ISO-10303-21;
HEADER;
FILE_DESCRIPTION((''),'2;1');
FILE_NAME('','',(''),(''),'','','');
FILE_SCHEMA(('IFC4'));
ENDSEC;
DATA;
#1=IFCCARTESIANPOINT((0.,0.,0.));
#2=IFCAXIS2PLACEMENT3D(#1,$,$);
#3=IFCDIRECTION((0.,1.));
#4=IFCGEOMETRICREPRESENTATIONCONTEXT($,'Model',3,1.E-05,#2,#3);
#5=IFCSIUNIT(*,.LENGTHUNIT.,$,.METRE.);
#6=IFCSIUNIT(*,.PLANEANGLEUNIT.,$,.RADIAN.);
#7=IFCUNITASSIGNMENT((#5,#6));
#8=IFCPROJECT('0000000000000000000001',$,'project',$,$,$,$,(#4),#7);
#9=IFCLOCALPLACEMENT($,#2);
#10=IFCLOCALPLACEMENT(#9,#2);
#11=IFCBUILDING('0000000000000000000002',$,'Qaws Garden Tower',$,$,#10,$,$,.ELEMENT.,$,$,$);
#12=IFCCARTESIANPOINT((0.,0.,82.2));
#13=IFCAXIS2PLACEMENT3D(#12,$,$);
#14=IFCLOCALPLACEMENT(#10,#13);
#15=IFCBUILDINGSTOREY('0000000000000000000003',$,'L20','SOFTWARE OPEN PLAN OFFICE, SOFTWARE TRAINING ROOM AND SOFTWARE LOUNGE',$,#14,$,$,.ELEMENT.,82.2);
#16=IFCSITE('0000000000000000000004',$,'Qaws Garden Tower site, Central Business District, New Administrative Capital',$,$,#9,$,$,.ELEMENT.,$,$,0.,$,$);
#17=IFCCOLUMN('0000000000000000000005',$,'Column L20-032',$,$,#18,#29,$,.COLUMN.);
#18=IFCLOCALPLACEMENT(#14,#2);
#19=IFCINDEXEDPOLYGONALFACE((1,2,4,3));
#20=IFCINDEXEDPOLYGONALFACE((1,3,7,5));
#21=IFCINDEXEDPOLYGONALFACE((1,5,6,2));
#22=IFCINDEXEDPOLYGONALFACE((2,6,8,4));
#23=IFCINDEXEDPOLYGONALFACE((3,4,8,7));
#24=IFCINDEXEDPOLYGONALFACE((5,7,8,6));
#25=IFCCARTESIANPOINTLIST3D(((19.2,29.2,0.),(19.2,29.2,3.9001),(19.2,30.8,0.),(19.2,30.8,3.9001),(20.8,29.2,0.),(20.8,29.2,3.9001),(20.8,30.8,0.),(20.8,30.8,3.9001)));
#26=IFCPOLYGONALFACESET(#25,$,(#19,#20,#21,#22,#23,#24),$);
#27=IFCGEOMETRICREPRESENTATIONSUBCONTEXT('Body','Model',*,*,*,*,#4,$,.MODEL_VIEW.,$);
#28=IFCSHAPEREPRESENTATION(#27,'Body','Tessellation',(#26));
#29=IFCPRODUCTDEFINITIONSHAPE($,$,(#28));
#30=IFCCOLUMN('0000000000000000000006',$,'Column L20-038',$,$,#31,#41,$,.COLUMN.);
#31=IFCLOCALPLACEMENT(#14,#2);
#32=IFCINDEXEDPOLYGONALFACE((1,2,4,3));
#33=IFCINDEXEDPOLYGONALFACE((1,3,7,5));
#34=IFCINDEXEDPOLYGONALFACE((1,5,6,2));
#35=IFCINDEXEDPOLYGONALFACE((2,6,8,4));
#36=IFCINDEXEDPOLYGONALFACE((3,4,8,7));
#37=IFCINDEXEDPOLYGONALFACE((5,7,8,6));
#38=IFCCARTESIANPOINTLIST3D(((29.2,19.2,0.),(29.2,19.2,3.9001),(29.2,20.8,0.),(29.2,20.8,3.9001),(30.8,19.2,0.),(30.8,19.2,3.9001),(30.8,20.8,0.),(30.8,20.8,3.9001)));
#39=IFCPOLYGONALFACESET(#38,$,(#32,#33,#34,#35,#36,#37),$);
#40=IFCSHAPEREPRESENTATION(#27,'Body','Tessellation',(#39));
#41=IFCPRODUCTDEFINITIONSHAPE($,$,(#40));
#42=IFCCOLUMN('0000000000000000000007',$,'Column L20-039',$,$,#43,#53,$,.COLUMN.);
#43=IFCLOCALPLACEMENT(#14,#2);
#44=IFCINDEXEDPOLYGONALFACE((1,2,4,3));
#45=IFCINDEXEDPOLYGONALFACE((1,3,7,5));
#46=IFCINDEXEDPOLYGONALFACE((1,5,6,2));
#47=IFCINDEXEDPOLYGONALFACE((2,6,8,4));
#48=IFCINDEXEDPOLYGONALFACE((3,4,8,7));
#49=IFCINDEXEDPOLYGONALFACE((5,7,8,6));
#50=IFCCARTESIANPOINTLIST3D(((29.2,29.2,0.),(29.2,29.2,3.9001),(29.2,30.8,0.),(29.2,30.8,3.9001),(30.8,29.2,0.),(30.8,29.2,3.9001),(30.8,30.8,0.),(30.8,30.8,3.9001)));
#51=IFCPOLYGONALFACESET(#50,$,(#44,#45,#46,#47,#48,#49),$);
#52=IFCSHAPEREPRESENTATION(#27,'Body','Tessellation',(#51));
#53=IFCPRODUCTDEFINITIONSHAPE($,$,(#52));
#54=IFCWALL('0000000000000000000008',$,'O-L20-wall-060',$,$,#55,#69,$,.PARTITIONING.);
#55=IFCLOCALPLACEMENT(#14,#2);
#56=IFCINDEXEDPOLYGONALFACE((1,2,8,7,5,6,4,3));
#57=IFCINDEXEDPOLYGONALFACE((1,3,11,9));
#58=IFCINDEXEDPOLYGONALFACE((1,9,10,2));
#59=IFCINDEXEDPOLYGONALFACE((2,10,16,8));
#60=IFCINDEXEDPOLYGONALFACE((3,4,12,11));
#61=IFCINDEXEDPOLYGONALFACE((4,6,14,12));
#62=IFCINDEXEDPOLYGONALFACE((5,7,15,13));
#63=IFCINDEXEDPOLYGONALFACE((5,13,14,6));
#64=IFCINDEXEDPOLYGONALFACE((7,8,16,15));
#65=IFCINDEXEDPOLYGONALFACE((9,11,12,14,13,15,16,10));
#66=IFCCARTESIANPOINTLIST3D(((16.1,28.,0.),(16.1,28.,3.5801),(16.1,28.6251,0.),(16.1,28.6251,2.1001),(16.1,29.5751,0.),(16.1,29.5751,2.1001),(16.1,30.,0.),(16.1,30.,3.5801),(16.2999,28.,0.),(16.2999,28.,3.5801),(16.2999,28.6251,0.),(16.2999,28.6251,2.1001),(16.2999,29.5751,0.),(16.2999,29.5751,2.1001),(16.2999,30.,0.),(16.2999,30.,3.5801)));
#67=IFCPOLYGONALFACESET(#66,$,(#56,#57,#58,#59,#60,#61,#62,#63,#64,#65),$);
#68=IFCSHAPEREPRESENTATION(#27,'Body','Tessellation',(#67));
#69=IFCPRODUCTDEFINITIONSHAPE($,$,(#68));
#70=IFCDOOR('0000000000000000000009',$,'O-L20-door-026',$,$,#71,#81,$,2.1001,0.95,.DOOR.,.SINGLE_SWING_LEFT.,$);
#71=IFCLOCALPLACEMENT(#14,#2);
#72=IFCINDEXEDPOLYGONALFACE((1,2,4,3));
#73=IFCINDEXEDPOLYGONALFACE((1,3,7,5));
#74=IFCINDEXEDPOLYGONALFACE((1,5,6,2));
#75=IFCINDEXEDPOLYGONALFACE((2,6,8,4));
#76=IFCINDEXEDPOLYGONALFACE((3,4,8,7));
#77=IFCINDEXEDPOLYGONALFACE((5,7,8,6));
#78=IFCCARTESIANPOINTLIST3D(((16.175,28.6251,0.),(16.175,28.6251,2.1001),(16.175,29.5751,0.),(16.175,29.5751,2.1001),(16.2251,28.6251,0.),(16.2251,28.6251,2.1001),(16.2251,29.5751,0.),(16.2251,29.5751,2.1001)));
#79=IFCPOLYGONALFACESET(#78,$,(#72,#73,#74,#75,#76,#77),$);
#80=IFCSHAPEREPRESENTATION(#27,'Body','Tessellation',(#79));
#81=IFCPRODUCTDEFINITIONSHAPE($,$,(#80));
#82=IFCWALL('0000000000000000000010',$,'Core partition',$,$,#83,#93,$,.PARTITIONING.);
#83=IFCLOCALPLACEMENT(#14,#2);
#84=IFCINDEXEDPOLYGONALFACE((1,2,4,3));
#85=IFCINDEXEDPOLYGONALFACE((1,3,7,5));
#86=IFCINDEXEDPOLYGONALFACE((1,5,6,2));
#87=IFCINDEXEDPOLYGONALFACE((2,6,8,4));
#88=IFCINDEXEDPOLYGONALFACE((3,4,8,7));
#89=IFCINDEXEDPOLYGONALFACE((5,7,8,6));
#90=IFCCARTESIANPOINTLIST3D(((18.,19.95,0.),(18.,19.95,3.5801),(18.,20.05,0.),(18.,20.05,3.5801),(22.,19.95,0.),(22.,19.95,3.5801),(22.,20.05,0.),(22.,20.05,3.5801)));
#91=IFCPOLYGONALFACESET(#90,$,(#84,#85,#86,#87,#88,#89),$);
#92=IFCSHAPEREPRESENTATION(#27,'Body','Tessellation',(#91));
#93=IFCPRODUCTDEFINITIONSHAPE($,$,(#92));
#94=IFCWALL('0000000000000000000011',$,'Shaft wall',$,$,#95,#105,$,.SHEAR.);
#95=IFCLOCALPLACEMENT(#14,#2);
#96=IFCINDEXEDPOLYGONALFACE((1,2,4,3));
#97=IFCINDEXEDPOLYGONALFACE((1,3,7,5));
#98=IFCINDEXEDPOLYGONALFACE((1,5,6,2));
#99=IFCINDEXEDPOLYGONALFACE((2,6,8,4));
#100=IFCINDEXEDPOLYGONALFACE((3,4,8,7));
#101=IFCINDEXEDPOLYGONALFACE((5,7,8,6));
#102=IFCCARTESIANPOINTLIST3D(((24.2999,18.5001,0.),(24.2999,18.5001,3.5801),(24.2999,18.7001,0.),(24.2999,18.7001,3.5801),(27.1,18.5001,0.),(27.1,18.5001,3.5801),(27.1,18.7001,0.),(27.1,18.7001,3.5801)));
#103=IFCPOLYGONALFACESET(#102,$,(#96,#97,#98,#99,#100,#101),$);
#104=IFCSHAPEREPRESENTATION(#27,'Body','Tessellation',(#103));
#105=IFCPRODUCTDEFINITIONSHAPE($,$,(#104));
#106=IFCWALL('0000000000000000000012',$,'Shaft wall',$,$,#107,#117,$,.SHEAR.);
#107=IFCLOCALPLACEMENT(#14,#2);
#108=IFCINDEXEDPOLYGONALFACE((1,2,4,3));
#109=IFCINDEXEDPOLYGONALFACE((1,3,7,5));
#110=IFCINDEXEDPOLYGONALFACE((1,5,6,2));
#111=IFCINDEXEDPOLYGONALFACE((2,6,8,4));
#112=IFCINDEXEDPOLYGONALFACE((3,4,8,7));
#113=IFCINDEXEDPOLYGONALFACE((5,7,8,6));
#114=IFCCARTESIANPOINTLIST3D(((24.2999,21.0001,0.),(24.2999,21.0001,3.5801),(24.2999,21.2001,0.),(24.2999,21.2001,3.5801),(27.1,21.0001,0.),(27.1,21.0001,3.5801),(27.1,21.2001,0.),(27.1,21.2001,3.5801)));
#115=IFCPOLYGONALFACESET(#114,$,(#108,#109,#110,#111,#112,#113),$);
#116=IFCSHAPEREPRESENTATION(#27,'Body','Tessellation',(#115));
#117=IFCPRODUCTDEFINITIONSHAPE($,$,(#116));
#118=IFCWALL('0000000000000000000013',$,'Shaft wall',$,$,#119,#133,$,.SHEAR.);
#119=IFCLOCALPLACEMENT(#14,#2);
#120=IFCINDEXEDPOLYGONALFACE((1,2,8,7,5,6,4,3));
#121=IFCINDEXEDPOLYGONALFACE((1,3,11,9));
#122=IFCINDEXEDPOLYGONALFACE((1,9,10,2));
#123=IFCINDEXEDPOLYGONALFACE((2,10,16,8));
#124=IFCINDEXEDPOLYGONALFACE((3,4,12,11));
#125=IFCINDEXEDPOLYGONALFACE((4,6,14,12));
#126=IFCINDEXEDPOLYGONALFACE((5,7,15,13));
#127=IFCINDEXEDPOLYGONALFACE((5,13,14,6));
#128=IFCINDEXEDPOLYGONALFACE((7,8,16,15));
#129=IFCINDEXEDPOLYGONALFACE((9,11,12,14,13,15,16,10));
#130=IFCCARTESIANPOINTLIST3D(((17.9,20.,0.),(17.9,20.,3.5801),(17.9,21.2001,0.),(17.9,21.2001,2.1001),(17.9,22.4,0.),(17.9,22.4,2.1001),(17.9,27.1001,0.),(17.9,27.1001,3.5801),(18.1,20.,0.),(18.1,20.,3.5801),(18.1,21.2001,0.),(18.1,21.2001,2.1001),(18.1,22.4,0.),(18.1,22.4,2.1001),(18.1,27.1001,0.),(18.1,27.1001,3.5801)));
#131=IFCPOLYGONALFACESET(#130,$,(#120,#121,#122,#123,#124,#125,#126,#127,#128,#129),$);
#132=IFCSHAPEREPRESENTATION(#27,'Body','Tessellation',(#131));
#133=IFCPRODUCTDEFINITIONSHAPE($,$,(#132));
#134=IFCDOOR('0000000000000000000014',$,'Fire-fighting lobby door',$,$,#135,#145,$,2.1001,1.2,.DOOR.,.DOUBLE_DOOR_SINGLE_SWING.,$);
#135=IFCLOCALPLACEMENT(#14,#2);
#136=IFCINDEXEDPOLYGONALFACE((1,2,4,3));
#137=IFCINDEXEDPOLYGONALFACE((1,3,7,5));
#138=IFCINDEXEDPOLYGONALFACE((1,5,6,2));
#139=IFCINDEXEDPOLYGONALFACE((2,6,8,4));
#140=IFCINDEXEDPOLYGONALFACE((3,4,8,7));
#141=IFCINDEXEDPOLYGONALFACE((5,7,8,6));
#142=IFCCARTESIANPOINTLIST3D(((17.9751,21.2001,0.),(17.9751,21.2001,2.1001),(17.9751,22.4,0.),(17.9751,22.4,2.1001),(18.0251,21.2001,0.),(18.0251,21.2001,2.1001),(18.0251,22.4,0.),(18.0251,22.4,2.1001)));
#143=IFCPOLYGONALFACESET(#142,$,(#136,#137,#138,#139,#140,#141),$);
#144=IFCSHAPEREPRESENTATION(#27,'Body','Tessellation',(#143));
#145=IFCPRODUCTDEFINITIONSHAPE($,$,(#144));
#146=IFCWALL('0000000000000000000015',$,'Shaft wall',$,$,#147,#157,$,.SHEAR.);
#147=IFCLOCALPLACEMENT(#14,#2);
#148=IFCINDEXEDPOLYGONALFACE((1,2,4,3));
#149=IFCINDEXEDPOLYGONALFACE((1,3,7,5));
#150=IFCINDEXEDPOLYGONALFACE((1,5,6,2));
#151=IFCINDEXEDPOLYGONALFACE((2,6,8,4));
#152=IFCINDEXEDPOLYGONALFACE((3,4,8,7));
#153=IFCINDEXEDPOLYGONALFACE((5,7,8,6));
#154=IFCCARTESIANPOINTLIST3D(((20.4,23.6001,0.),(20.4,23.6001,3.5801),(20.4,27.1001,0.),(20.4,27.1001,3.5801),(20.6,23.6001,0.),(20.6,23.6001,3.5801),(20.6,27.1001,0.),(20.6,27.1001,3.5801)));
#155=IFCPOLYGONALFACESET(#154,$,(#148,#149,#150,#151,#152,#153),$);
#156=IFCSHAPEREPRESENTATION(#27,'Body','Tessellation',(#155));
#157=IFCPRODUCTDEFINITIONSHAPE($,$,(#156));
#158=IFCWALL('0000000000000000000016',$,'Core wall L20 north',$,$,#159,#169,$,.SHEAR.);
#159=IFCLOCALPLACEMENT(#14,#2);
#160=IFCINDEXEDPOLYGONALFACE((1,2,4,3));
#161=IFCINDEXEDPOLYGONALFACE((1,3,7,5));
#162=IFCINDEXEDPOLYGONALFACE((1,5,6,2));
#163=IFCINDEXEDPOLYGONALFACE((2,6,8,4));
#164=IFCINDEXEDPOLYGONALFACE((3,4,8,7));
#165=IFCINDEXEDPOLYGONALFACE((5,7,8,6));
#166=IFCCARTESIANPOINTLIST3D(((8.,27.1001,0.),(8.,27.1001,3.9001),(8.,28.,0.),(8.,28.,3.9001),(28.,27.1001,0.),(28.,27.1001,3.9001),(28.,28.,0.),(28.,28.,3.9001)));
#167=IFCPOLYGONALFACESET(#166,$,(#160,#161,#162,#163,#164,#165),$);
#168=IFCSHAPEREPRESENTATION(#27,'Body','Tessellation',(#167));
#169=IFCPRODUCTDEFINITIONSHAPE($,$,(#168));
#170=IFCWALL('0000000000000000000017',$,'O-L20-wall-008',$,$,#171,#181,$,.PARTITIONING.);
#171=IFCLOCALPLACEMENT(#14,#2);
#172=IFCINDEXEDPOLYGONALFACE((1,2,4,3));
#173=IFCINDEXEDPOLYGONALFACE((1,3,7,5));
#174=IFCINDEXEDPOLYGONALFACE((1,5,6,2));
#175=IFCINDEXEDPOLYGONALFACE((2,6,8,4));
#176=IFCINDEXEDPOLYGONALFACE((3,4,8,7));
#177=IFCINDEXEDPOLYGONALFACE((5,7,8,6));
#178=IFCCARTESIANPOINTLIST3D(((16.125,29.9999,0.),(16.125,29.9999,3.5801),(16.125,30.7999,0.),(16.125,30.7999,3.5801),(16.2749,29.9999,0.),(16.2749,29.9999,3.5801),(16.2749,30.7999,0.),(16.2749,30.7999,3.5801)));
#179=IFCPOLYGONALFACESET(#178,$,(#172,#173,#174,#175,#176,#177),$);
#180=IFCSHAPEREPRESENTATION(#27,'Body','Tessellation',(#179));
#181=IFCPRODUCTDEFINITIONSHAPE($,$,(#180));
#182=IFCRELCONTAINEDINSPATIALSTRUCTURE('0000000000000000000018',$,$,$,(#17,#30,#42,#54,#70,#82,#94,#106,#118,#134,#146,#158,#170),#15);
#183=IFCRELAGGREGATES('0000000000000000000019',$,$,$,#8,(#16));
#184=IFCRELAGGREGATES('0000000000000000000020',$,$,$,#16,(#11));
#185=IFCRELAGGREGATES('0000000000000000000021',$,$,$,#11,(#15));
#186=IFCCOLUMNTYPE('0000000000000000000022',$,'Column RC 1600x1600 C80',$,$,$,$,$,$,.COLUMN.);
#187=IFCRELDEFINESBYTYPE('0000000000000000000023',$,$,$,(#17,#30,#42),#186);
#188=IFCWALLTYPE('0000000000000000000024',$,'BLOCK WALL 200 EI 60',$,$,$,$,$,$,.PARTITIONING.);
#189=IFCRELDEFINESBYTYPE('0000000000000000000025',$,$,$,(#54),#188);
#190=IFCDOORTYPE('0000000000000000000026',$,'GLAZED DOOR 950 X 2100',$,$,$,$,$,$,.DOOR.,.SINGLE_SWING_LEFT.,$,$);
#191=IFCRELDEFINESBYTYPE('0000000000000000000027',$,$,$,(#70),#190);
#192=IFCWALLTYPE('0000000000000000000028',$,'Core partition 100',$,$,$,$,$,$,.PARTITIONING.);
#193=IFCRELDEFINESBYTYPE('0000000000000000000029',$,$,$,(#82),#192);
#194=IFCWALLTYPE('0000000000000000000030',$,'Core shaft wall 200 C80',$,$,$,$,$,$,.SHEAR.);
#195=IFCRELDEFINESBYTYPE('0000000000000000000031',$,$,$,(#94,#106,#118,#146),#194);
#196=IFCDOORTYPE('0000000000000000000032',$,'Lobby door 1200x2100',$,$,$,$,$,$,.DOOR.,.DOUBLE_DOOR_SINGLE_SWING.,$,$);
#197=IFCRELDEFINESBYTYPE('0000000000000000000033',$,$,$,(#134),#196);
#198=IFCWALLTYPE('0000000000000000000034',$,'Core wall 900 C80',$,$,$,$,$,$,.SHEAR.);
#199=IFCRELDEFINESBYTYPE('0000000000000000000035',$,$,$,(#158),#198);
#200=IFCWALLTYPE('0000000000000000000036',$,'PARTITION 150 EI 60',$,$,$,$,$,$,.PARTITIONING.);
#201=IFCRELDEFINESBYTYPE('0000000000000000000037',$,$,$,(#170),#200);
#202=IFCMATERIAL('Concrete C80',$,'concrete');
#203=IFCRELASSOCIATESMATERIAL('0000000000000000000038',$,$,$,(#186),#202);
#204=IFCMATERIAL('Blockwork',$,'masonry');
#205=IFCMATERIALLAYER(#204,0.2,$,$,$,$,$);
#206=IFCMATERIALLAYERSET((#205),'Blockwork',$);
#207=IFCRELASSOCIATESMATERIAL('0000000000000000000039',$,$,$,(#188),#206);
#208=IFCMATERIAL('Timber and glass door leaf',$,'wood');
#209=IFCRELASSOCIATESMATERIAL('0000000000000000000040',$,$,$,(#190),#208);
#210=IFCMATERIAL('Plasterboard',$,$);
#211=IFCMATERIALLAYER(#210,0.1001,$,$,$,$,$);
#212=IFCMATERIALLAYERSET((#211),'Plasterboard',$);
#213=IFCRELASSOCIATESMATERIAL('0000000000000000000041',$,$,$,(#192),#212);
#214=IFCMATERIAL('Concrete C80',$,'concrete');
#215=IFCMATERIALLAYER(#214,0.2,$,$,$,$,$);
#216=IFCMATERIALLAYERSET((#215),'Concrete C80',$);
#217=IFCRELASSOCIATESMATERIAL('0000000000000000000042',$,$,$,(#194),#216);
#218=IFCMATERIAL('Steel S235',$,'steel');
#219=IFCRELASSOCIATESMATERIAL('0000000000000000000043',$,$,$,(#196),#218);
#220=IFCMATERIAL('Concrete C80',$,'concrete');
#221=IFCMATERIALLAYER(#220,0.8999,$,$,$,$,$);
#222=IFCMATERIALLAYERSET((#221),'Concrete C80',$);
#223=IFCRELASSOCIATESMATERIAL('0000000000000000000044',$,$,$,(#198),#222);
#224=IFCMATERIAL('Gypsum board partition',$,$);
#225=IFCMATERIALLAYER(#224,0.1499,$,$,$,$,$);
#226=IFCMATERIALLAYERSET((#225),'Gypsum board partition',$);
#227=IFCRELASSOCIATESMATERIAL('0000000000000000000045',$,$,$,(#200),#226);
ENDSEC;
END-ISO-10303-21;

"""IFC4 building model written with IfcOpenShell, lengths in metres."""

from ifc_helpers import new_model, si_unit, direction, frame, frame_2d, origin, origin_2d, place, context, subcontext, project, spatial, rectangle, extrude, material, layer, layer_set, material_profile, profile_set, type_object, element, fill, save


model = new_model("IFC4")

# Units and contexts
model_context = context("Model", 3, precision=1e-05, world=origin(), true_north=direction((0.0, 1.0)))
body_context = subcontext(model_context, "Body", "Model", "MODEL_VIEW")
ifc_project = project(units=[si_unit("LENGTHUNIT", "METRE"), si_unit("PLANEANGLEUNIT", "RADIAN")], contexts=[model_context])

# Site, building, storey
site_placement = place(None, origin())
site = spatial("IfcSite", under=ifc_project, at=site_placement, Name="Qaws Garden Tower site, Central Business District, New Administrative Capital", CompositionType="ELEMENT", RefElevation=0.0)
building_placement = place(site_placement, origin())
building = spatial("IfcBuilding", under=site, at=building_placement, Name="Qaws Garden Tower", CompositionType="ELEMENT")
storey_placement = place(building_placement, frame((0.0, 0.0, 82.2)))
storey = spatial("IfcBuildingStorey", under=building, at=storey_placement, Name="L20", Description="SOFTWARE OPEN PLAN OFFICE, SOFTWARE TRAINING ROOM AND SOFTWARE LOUNGE", CompositionType="ELEMENT", Elevation=82.2)

# Columns
ifc_material_1 = material(Name="Concrete C80", Category="concrete")
ifc_material_profile = material_profile(ifc_material_1, rectangle(XDim=1.6001, YDim=1.6001, at=origin_2d()), Name="RC 1600x1600")
ifc_profile_set = profile_set([ifc_material_profile], Name="Concrete C80")
column_type = type_object("IfcColumnType", Name="Column RC 1600x1600 C80", PredefinedType="COLUMN", material=ifc_profile_set)
for number, where, z_axis, x_axis, name in (
    (1, (20.0, 30.0, 0.0), (0.0, 0.0, 1.0), (1.0, 0.0, 0.0), "Column L20-032"),
    (2, (30.0, 20.0, 0.0), (0.0, 0.0, 1.0), (1.0, 0.0, 0.0), "Column L20-038"),
    (3, (30.0, 30.0, 0.0), (0.0, 0.0, 1.0), (1.0, 0.0, 0.0), "Column L20-039"),
):
    element("IfcColumn", number, at=place(storey_placement, frame(where, z_axis=z_axis, x_axis=x_axis)), inside=storey, type_object=column_type, Name=name, PredefinedType="COLUMN", context=body_context, shape_type="SweptSolid", body=[
        extrude(rectangle(XDim=1.6001, YDim=1.6001, at=origin_2d()), origin(), (0.0, 0.0, 1.0), 3.9001),
    ])

# Wall, opening, door
ifc_material_2 = material(Name="Blockwork", Category="masonry")
ifc_layer_1 = layer(ifc_material_2, 0.2)
ifc_layer_set_1 = layer_set([ifc_layer_1], Name="Blockwork")
wall_type_1 = type_object("IfcWallType", Name="BLOCK WALL 200 EI 60", PredefinedType="PARTITIONING", material=ifc_layer_set_1)
wall_1_placement = place(storey_placement, frame((16.2, 28.0, 0.0), z_axis=(0.0, 0.0, 1.0), x_axis=(0.0, 1.0, 0.0)))
wall_1 = element("IfcWall", 4, at=wall_1_placement, inside=storey, type_object=wall_type_1, Name="O-L20-wall-060", PredefinedType="PARTITIONING", context=body_context, shape_type="SweptSolid", body=[
    extrude(rectangle(XDim=2.0, YDim=0.2, at=frame_2d((1.0, 0.0))), origin(), (0.0, 0.0, 1.0), 3.5801),
])
opening_1_placement = place(wall_1_placement, frame((0.625, 0.0, 0.0)))
opening_1 = element("IfcOpeningElement", 5, at=opening_1_placement, cuts=wall_1, PredefinedType="OPENING", context=body_context, shape_type="SweptSolid", body=[
    extrude(rectangle(XDim=0.95, YDim=2.1001, at=frame_2d((0.4751, 1.05))), frame((0.0, 0.1099, 0.0), z_axis=(0.0, -1.0, 0.0), x_axis=(1.0, 0.0, 0.0)), (0.0, 0.0, 1.0), 0.22),
])
ifc_material_3 = material(Name="Timber and glass door leaf", Category="wood")
door_type_1 = type_object("IfcDoorType", Name="GLAZED DOOR 950 X 2100", OperationType="SINGLE_SWING_LEFT", PredefinedType="DOOR", material=ifc_material_3)
door_1_placement = place(opening_1_placement, origin())
door_1 = element("IfcDoor", 6, at=door_1_placement, inside=storey, type_object=door_type_1, Name="O-L20-door-026", OperationType="SINGLE_SWING_LEFT", OverallHeight=2.1001, OverallWidth=0.95, PredefinedType="DOOR", context=body_context, shape_type="SweptSolid", body=[
    extrude(rectangle(XDim=0.95, YDim=2.1001, at=frame_2d((0.4751, 1.05))), frame((0.0, 0.0249, 0.0), z_axis=(0.0, -1.0, 0.0), x_axis=(1.0, 0.0, 0.0)), (0.0, 0.0, 1.0), 0.05),
])
fill(opening_1, door_1)

# Walls
ifc_material_4 = material(Name="Plasterboard")
ifc_layer_2 = layer(ifc_material_4, 0.1001)
ifc_layer_set_2 = layer_set([ifc_layer_2], Name="Plasterboard")
wall_type_2 = type_object("IfcWallType", Name="Core partition 100", PredefinedType="PARTITIONING", material=ifc_layer_set_2)
wall_2_placement = place(storey_placement, frame((18.0, 20.0, 0.0), z_axis=(0.0, 0.0, 1.0), x_axis=(1.0, 0.0, 0.0)))
element("IfcWall", 7, at=wall_2_placement, inside=storey, type_object=wall_type_2, Name="Core partition", PredefinedType="PARTITIONING", context=body_context, shape_type="SweptSolid", body=[
    extrude(rectangle(XDim=4.0, YDim=0.1001, at=frame_2d((2.0, 0.0))), origin(), (0.0, 0.0, 1.0), 3.5801),
])
ifc_material_5 = material(Name="Concrete C80", Category="concrete")
ifc_layer_3 = layer(ifc_material_5, 0.2)
ifc_layer_set_3 = layer_set([ifc_layer_3], Name="Concrete C80")
wall_type_3 = type_object("IfcWallType", Name="Core shaft wall 200 C80", PredefinedType="SHEAR", material=ifc_layer_set_3)
for number, where, z_axis, x_axis, name in (
    (8, (24.3, 18.6001, 0.0), (0.0, 0.0, 1.0), (1.0, 0.0, 0.0), "Shaft wall"),
    (9, (24.3, 21.1001, 0.0), (0.0, 0.0, 1.0), (1.0, 0.0, 0.0), "Shaft wall"),
):
    element("IfcWall", number, at=place(storey_placement, frame(where, z_axis=z_axis, x_axis=x_axis)), inside=storey, type_object=wall_type_3, Name=name, PredefinedType="SHEAR", context=body_context, shape_type="SweptSolid", body=[
        extrude(rectangle(XDim=2.8, YDim=0.2, at=frame_2d((1.3999, 0.0))), origin(), (0.0, 0.0, 1.0), 3.5801),
    ])

# Wall, opening, door
wall_3_placement = place(storey_placement, frame((18.0, 20.0, 0.0), z_axis=(0.0, 0.0, 1.0), x_axis=(0.0, 1.0, 0.0)))
wall_3 = element("IfcWall", 10, at=wall_3_placement, inside=storey, type_object=wall_type_3, Name="Shaft wall", PredefinedType="SHEAR", context=body_context, shape_type="SweptSolid", body=[
    extrude(rectangle(XDim=7.1001, YDim=0.2, at=frame_2d((3.55, 0.0))), origin(), (0.0, 0.0, 1.0), 3.5801),
])
opening_2_placement = place(wall_3_placement, frame((1.2, 0.0, 0.0)))
opening_2 = element("IfcOpeningElement", 11, at=opening_2_placement, cuts=wall_3, PredefinedType="OPENING", context=body_context, shape_type="SweptSolid", body=[
    extrude(rectangle(XDim=1.2, YDim=2.1001, at=frame_2d((0.6001, 1.05))), frame((0.0, 0.1099, 0.0), z_axis=(0.0, -1.0, 0.0), x_axis=(1.0, 0.0, 0.0)), (0.0, 0.0, 1.0), 0.22),
])
ifc_material_6 = material(Name="Steel S235", Category="steel")
door_type_2 = type_object("IfcDoorType", Name="Lobby door 1200x2100", OperationType="DOUBLE_DOOR_SINGLE_SWING", PredefinedType="DOOR", material=ifc_material_6)
door_2_placement = place(opening_2_placement, origin())
door_2 = element("IfcDoor", 12, at=door_2_placement, inside=storey, type_object=door_type_2, Name="Fire-fighting lobby door", OperationType="DOUBLE_DOOR_SINGLE_SWING", OverallHeight=2.1001, OverallWidth=1.2, PredefinedType="DOOR", context=body_context, shape_type="SweptSolid", body=[
    extrude(rectangle(XDim=1.2, YDim=2.1001, at=frame_2d((0.6001, 1.05))), frame((0.0, 0.0249, 0.0), z_axis=(0.0, -1.0, 0.0), x_axis=(1.0, 0.0, 0.0)), (0.0, 0.0, 1.0), 0.05),
])
fill(opening_2, door_2)

# Walls
wall_4_placement = place(storey_placement, frame((20.5, 23.6001, 0.0), z_axis=(0.0, 0.0, 1.0), x_axis=(0.0, 1.0, 0.0)))
element("IfcWall", 13, at=wall_4_placement, inside=storey, type_object=wall_type_3, Name="Shaft wall", PredefinedType="SHEAR", context=body_context, shape_type="SweptSolid", body=[
    extrude(rectangle(XDim=3.5, YDim=0.2, at=frame_2d((1.75, 0.0))), origin(), (0.0, 0.0, 1.0), 3.5801),
])
ifc_material_7 = material(Name="Concrete C80", Category="concrete")
ifc_layer_4 = layer(ifc_material_7, 0.8999)
ifc_layer_set_4 = layer_set([ifc_layer_4], Name="Concrete C80")
wall_type_4 = type_object("IfcWallType", Name="Core wall 900 C80", PredefinedType="SHEAR", material=ifc_layer_set_4)
wall_5_placement = place(storey_placement, frame((28.0, 27.55, 0.0), z_axis=(0.0, 0.0, 1.0), x_axis=(-1.0, 0.0, 0.0)))
element("IfcWall", 14, at=wall_5_placement, inside=storey, type_object=wall_type_4, Name="Core wall L20 north", PredefinedType="SHEAR", context=body_context, shape_type="SweptSolid", body=[
    extrude(rectangle(XDim=20.0, YDim=0.8999, at=frame_2d((10.0, 0.0))), origin(), (0.0, 0.0, 1.0), 3.9001),
])
ifc_material_8 = material(Name="Gypsum board partition")
ifc_layer_5 = layer(ifc_material_8, 0.1499)
ifc_layer_set_5 = layer_set([ifc_layer_5], Name="Gypsum board partition")
wall_type_5 = type_object("IfcWallType", Name="PARTITION 150 EI 60", PredefinedType="PARTITIONING", material=ifc_layer_set_5)
wall_6_placement = place(storey_placement, frame((16.2, 30.0, 0.0), z_axis=(0.0, 0.0, 1.0), x_axis=(0.0, 1.0, 0.0)))
element("IfcWall", 15, at=wall_6_placement, inside=storey, type_object=wall_type_5, Name="O-L20-wall-008", PredefinedType="PARTITIONING", context=body_context, shape_type="SweptSolid", body=[
    extrude(rectangle(XDim=0.8, YDim=0.1499, at=frame_2d((0.3999, 0.0))), origin(), (0.0, 0.0, 1.0), 3.5801),
])

save(model, "model.ifc")
